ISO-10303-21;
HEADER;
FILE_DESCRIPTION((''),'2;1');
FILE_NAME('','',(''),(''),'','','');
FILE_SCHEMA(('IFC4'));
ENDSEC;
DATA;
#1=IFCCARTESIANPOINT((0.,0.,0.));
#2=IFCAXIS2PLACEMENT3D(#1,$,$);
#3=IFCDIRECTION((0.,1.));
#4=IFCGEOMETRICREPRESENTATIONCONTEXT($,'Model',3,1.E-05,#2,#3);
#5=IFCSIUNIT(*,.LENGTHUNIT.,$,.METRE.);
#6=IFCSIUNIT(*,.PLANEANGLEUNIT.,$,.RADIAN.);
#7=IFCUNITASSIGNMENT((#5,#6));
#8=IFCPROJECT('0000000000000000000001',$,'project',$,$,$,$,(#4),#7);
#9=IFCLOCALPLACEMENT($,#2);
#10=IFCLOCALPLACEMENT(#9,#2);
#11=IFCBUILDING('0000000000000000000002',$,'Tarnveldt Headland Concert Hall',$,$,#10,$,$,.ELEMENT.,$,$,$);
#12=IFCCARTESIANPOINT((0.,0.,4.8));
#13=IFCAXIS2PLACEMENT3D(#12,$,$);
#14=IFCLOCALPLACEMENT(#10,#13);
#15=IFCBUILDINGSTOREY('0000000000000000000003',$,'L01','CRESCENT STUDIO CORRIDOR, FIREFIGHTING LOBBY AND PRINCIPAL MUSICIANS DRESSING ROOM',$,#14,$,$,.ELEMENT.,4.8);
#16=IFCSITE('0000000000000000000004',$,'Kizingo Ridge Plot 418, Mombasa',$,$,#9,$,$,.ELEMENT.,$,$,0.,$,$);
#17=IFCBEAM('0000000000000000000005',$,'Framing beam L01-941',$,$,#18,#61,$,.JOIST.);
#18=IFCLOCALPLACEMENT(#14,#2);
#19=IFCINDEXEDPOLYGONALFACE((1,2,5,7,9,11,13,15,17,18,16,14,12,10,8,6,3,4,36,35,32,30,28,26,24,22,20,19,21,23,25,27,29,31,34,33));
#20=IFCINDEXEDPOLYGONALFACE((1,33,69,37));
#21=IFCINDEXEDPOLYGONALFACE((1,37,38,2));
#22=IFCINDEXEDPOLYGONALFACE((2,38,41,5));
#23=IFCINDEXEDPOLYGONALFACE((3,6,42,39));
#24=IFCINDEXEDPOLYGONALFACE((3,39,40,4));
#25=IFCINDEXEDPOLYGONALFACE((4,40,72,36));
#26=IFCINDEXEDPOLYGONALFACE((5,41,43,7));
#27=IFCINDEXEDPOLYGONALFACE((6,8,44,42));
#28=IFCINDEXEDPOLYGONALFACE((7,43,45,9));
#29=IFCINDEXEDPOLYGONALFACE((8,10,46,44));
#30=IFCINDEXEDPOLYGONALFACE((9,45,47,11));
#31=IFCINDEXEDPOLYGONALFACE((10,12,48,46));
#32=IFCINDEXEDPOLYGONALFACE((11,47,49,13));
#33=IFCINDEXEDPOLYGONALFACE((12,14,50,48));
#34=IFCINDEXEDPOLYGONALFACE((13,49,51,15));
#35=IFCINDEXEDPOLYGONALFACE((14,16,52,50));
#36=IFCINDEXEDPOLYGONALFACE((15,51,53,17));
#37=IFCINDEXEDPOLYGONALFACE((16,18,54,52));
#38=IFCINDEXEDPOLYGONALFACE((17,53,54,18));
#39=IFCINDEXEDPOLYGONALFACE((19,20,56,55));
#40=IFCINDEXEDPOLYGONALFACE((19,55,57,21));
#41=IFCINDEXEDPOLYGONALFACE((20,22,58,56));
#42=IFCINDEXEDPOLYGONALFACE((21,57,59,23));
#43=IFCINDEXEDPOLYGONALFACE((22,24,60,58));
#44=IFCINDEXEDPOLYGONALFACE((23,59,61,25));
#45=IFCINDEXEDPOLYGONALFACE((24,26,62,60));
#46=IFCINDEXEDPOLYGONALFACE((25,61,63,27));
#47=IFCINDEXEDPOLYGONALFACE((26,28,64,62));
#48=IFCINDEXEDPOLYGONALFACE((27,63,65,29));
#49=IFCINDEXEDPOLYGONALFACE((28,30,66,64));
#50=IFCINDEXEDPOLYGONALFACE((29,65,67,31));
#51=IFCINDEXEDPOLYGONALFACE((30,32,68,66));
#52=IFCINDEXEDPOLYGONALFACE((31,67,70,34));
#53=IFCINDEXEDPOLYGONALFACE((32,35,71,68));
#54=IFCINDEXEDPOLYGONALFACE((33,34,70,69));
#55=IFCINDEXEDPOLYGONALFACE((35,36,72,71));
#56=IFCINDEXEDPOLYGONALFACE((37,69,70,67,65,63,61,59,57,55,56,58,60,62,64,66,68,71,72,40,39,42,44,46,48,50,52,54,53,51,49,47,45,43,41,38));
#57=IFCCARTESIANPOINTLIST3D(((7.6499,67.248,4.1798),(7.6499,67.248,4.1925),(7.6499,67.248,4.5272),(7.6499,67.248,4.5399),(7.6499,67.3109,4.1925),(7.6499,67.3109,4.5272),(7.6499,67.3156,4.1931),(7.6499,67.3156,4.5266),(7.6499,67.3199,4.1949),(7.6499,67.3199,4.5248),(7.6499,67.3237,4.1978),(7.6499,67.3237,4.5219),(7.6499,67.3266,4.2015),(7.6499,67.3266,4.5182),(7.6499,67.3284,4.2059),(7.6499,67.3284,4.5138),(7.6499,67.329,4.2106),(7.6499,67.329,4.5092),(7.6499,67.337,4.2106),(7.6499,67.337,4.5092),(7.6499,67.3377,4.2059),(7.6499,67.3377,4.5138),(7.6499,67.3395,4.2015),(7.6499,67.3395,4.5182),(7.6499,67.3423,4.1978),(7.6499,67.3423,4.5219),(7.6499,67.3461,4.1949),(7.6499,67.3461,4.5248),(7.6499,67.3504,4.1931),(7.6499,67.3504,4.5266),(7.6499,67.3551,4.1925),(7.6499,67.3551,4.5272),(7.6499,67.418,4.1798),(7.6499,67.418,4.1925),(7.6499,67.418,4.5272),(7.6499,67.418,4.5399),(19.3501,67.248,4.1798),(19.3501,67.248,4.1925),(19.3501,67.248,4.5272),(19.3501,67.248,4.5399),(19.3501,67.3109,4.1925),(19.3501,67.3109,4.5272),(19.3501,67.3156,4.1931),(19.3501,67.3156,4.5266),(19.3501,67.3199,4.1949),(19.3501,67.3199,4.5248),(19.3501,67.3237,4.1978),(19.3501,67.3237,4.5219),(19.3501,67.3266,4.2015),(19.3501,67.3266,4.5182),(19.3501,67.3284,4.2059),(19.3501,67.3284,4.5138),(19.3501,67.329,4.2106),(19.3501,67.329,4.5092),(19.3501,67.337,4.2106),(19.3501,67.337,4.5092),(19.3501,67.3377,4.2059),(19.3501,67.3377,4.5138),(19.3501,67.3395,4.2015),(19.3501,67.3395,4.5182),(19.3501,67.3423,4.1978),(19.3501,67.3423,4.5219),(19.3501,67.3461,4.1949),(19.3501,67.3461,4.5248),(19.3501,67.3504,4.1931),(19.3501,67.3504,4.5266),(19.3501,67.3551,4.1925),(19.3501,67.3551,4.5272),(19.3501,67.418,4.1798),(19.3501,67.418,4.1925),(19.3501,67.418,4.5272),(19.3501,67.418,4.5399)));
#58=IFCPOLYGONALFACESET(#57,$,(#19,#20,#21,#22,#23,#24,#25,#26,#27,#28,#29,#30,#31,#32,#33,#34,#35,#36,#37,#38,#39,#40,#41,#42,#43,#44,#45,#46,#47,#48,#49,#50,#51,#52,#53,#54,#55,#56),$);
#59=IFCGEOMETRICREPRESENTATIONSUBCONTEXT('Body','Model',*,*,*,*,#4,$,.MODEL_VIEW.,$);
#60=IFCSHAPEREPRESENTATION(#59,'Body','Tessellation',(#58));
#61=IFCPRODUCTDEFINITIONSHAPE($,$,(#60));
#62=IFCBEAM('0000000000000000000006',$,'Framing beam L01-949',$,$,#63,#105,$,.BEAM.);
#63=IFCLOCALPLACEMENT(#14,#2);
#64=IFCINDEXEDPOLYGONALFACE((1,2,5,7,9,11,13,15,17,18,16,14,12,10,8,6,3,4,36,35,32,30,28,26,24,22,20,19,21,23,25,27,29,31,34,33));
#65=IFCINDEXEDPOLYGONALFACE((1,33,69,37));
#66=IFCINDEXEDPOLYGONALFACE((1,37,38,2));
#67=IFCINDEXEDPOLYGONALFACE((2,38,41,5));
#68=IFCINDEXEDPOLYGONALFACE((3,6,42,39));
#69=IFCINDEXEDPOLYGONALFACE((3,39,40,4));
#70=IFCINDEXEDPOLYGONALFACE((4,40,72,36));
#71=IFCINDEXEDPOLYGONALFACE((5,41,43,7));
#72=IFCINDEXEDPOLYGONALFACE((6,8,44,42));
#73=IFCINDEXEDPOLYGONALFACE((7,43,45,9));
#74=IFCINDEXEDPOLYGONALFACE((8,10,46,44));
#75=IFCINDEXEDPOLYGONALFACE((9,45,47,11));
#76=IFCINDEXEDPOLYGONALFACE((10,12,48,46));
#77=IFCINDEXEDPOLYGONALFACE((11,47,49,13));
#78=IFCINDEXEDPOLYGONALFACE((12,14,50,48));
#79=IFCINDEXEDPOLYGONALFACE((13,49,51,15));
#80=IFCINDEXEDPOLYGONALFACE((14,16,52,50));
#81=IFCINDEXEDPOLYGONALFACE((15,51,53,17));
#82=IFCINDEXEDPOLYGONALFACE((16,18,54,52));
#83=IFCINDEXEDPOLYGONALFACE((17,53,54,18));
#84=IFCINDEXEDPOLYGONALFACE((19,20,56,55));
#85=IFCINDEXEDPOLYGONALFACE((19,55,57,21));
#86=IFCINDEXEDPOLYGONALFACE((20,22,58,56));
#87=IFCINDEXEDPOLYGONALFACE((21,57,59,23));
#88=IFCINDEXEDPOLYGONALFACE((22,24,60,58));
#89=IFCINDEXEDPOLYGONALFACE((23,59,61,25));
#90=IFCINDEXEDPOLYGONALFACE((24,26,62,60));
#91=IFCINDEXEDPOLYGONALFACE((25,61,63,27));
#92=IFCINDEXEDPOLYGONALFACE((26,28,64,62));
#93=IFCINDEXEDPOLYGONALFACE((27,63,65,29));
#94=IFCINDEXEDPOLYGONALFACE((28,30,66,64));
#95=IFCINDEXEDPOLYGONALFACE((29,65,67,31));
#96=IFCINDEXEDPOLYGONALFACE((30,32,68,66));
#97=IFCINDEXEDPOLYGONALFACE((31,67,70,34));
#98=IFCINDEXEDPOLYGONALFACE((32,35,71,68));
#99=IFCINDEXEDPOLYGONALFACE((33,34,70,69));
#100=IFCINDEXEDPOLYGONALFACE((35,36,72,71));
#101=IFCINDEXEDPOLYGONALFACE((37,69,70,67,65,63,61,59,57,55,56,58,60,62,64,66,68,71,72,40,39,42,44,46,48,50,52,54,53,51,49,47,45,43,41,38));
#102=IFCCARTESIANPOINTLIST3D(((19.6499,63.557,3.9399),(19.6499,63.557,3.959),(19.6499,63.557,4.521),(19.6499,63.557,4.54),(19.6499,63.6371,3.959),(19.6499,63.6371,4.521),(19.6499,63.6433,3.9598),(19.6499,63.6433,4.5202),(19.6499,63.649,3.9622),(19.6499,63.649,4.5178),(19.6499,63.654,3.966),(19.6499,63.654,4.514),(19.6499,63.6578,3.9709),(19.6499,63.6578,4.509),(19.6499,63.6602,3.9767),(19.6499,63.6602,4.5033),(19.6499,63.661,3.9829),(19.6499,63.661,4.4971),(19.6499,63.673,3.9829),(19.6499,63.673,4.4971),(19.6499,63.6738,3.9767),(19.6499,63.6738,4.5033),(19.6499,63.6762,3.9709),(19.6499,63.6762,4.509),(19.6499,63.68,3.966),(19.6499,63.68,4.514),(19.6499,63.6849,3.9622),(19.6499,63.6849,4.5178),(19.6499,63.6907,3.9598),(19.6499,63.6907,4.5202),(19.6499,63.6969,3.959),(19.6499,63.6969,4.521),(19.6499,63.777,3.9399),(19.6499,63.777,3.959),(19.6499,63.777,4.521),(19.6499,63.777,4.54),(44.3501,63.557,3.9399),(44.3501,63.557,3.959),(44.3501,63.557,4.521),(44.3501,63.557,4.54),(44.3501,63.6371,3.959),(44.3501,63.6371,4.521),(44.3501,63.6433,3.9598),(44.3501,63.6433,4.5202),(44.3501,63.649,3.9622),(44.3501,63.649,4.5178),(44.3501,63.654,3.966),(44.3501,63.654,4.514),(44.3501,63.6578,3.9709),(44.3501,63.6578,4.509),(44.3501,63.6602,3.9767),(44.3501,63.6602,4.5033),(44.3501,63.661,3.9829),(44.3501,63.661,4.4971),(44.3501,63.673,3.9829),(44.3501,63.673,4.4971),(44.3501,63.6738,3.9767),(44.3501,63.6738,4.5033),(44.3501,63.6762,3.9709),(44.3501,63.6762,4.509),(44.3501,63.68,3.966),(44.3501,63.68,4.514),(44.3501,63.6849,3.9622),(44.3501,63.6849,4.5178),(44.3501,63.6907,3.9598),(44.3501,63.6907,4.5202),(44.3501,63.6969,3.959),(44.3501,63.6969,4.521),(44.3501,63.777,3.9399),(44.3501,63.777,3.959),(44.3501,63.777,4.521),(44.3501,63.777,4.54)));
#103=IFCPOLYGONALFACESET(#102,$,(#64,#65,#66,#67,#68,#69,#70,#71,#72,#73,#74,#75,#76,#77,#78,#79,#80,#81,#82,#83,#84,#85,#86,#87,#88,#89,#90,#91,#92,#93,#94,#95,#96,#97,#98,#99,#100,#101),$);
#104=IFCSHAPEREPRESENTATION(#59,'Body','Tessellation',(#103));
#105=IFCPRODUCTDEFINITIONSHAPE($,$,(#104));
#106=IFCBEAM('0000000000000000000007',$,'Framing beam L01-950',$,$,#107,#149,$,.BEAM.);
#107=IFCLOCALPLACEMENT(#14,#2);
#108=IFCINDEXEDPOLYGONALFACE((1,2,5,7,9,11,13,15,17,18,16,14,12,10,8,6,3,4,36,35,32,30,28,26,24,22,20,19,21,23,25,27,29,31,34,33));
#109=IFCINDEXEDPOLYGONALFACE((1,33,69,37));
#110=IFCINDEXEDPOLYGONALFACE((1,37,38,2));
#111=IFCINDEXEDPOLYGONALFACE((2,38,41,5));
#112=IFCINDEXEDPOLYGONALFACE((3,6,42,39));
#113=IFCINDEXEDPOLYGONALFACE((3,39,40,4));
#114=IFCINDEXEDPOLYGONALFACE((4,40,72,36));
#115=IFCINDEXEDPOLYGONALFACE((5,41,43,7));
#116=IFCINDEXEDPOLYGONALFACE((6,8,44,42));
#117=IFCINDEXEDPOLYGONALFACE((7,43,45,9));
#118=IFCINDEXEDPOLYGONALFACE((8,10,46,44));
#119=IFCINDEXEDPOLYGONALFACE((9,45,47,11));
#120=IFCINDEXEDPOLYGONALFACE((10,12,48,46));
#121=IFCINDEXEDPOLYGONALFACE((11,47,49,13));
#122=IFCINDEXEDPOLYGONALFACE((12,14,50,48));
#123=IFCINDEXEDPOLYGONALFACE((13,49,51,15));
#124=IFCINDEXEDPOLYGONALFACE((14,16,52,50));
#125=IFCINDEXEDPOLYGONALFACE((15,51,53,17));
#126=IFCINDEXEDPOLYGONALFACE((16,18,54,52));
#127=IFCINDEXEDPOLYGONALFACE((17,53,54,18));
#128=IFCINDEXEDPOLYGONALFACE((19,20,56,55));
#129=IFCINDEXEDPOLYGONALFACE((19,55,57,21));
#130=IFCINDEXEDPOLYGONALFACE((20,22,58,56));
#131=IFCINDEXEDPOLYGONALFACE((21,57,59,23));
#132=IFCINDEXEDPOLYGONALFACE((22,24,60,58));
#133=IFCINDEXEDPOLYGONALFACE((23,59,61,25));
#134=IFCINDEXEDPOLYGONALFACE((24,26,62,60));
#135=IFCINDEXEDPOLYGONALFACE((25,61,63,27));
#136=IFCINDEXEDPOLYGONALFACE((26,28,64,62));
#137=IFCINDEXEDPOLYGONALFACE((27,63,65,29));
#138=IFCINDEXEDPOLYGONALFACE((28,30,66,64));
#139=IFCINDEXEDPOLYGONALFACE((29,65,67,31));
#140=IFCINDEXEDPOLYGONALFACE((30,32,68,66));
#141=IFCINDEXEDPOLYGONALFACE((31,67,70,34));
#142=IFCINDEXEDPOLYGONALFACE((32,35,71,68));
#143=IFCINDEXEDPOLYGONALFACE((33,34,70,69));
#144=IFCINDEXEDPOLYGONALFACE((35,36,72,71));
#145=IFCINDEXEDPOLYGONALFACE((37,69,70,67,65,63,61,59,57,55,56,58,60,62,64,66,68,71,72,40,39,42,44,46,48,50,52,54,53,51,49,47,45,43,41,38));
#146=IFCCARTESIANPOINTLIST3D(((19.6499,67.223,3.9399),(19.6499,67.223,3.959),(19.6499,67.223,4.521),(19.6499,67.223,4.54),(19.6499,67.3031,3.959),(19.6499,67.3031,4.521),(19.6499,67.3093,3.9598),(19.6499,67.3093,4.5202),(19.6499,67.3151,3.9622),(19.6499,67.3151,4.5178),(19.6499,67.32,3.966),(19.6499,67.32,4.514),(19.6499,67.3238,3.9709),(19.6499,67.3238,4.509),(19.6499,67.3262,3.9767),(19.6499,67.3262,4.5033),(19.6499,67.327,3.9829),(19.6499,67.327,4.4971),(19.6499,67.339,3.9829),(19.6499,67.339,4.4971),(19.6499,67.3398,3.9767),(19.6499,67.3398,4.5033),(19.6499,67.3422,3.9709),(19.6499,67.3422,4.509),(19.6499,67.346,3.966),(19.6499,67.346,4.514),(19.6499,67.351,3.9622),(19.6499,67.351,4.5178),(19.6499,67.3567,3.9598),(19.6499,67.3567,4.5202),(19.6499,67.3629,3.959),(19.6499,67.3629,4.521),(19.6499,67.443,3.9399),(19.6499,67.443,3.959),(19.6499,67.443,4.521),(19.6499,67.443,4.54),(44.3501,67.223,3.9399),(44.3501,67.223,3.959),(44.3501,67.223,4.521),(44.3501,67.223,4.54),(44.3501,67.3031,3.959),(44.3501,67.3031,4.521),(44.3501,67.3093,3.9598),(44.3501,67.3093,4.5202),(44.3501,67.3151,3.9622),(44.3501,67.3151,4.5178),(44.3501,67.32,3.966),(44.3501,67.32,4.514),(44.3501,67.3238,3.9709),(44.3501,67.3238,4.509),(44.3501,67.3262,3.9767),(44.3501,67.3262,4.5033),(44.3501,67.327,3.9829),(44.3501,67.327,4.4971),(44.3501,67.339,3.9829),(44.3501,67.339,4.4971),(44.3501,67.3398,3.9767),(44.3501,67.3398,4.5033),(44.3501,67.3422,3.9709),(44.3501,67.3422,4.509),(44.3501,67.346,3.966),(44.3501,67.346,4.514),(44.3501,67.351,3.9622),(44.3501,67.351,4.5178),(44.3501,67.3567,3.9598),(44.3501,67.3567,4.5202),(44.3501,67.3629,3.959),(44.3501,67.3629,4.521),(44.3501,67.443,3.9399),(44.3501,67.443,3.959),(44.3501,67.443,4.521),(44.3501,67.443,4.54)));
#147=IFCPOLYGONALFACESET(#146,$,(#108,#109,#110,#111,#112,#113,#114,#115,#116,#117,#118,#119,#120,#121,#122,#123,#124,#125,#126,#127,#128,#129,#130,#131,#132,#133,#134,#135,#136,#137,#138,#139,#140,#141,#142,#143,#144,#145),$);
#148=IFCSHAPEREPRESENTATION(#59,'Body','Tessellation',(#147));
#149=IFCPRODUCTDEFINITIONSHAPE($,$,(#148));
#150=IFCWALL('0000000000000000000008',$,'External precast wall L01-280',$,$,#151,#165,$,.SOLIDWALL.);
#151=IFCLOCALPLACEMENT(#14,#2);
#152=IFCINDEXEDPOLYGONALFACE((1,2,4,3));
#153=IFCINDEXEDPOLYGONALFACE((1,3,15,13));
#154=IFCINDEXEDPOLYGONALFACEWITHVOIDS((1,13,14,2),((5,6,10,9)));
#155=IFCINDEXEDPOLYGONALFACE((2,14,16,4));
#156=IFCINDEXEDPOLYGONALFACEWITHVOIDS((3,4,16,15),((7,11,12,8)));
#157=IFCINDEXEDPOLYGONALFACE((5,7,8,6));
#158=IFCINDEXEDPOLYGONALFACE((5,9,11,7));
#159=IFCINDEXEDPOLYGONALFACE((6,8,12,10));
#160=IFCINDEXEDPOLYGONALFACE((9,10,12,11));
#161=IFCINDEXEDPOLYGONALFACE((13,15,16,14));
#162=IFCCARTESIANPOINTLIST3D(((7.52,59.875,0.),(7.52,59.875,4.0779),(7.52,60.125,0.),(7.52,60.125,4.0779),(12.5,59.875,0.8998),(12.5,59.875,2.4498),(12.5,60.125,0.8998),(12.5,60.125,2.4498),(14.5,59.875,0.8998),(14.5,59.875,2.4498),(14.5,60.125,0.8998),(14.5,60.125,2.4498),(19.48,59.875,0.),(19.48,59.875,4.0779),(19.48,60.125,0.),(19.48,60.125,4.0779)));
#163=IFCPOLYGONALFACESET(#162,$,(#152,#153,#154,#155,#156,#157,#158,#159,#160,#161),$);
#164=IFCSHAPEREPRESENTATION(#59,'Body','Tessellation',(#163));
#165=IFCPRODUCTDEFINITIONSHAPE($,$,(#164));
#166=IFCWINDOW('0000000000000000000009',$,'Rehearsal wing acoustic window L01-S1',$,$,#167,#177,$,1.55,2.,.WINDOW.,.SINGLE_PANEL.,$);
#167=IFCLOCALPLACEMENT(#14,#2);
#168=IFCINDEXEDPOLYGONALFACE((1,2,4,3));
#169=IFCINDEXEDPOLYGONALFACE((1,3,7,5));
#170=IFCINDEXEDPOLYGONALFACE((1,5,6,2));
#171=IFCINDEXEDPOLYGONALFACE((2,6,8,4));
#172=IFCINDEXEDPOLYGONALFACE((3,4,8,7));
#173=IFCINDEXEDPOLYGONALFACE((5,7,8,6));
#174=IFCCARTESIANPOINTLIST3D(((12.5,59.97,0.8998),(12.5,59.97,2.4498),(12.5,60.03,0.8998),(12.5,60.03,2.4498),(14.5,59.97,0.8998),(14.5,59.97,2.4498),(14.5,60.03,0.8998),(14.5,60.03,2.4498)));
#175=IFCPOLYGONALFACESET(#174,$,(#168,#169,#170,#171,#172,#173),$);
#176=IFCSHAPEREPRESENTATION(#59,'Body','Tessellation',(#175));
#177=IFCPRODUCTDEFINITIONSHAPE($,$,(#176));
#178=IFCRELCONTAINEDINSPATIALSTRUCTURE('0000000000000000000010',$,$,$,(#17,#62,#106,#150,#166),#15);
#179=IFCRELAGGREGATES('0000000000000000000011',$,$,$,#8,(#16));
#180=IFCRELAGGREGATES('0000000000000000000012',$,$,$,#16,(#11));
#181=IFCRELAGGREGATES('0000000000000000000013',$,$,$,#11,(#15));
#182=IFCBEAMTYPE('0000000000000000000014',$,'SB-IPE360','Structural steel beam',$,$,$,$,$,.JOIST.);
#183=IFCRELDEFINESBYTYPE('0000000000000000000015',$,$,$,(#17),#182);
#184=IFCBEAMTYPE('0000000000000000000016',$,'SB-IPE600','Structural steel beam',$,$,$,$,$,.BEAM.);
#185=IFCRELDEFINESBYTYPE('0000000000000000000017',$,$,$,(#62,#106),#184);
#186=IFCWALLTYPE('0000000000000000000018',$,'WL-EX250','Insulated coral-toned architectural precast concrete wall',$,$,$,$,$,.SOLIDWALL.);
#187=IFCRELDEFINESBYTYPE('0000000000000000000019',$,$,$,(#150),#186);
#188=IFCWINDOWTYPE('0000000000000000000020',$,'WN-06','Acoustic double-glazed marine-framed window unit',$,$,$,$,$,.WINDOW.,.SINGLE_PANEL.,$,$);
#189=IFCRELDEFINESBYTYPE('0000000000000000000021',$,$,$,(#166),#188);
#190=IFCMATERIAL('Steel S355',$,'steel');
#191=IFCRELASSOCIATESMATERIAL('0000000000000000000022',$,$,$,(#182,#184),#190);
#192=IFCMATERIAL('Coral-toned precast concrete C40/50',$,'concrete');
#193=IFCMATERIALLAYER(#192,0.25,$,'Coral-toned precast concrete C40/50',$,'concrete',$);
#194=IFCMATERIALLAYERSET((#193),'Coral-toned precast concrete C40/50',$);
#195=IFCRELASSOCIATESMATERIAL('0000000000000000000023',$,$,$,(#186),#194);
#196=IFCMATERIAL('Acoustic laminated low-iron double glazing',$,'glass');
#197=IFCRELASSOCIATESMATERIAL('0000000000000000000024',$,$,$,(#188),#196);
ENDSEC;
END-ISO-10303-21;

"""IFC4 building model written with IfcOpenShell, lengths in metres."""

from ifc_helpers import new_model, si_unit, direction, frame, frame_2d, origin, origin_2d, place, context, subcontext, project, spatial, rectangle, i_section, extrude, material, layer, layer_set, material_profile, profile_set, type_object, element, fill, save


model = new_model("IFC4")

# Units and contexts
model_context = context("Model", 3, precision=1e-05, world=origin(), true_north=direction((0.0, 1.0)))
body_context = subcontext(model_context, "Body", "Model", "MODEL_VIEW")
ifc_project = project(units=[si_unit("LENGTHUNIT", "METRE"), si_unit("PLANEANGLEUNIT", "RADIAN")], contexts=[model_context])

# Site, building, storey
site_placement = place(None, origin())
site = spatial("IfcSite", under=ifc_project, at=site_placement, Name="Kizingo Ridge Plot 418, Mombasa", CompositionType="ELEMENT", RefElevation=0.0)
building_placement = place(site_placement, origin())
building = spatial("IfcBuilding", under=site, at=building_placement, Name="Tarnveldt Headland Concert Hall", CompositionType="ELEMENT")
storey_placement = place(building_placement, frame((0.0, 0.0, 4.8)))
storey = spatial("IfcBuildingStorey", under=building, at=storey_placement, Name="L01", Description="CRESCENT STUDIO CORRIDOR, FIREFIGHTING LOBBY AND PRINCIPAL MUSICIANS DRESSING ROOM", CompositionType="ELEMENT", Elevation=4.8)

# Shared definitions
ifc_material_1 = material(Name="Steel S355", Category="steel")

# Beams
ifc_material_profile_1 = material_profile(ifc_material_1, i_section(OverallWidth=0.1699, OverallDepth=0.3601, WebThickness=0.0081, FlangeThickness=0.0127, FilletRadius=0.0181, at=origin_2d()), Name="IPE360", Category="steel")
ifc_profile_set_1 = profile_set([ifc_material_profile_1], Name="Steel S355")
beam_type_1 = type_object("IfcBeamType", Name="SB-IPE360", Description="Structural steel beam", PredefinedType="JOIST", material=ifc_profile_set_1)
for number, where, z_axis, x_axis, name in (
    (1, (7.6499, 67.333, 4.3599), (1.0, 0.0, 0.0), (0.0, 1.0, 0.0), "Framing beam L01-941"),
):
    element("IfcBeam", number, at=place(storey_placement, frame(where, z_axis=z_axis, x_axis=x_axis)), inside=storey, type_object=beam_type_1, Name=name, PredefinedType="JOIST", context=body_context, shape_type="SweptSolid", body=[
        extrude(i_section(OverallWidth=0.1699, OverallDepth=0.3601, WebThickness=0.0081, FlangeThickness=0.0127, FilletRadius=0.0181, at=origin_2d()), origin(), (0.0, 0.0, 1.0), 11.7002),
    ])
ifc_material_profile_2 = material_profile(ifc_material_1, i_section(OverallWidth=0.22, OverallDepth=0.6001, WebThickness=0.012, FlangeThickness=0.019, FilletRadius=0.0239, at=origin_2d()), Name="IPE600", Category="steel")
ifc_profile_set_2 = profile_set([ifc_material_profile_2], Name="Steel S355")
beam_type_2 = type_object("IfcBeamType", Name="SB-IPE600", Description="Structural steel beam", PredefinedType="BEAM", material=ifc_profile_set_2)
for number, where, z_axis, x_axis, name in (
    (2, (19.6499, 63.667, 4.24), (1.0, 0.0, 0.0), (0.0, 1.0, 0.0), "Framing beam L01-949"),
    (3, (19.6499, 67.333, 4.24), (1.0, 0.0, 0.0), (0.0, 1.0, 0.0), "Framing beam L01-950"),
):
    element("IfcBeam", number, at=place(storey_placement, frame(where, z_axis=z_axis, x_axis=x_axis)), inside=storey, type_object=beam_type_2, Name=name, PredefinedType="BEAM", context=body_context, shape_type="SweptSolid", body=[
        extrude(i_section(OverallWidth=0.22, OverallDepth=0.6001, WebThickness=0.012, FlangeThickness=0.019, FilletRadius=0.0239, at=origin_2d()), origin(), (0.0, 0.0, 1.0), 24.7002),
    ])

# Wall, opening, window
ifc_material_2 = material(Name="Coral-toned precast concrete C40/50", Category="concrete")
ifc_layer_1 = layer(ifc_material_2, 0.25, Name="Coral-toned precast concrete C40/50", Category="concrete")
ifc_layer_set_1 = layer_set([ifc_layer_1], Name="Coral-toned precast concrete C40/50")
wall_type_1 = type_object("IfcWallType", Name="WL-EX250", Description="Insulated coral-toned architectural precast concrete wall", PredefinedType="SOLIDWALL", material=ifc_layer_set_1)
wall_1_placement = place(storey_placement, frame((19.48, 60.0, 0.0), z_axis=(0.0, 0.0, 1.0), x_axis=(-1.0, 0.0, 0.0)))
wall_1 = element("IfcWall", 4, at=wall_1_placement, inside=storey, type_object=wall_type_1, Name="External precast wall L01-280", PredefinedType="SOLIDWALL", context=body_context, shape_type="SweptSolid", body=[
    extrude(rectangle(XDim=11.96, YDim=0.25, at=frame_2d((5.98, 0.0))), origin(), (0.0, 0.0, 1.0), 4.0779),
])
opening_1_placement = place(wall_1_placement, frame((4.98, 0.0, 0.8999)))
opening_1 = element("IfcOpeningElement", 5, at=opening_1_placement, cuts=wall_1, PredefinedType="OPENING", context=body_context, shape_type="SweptSolid", body=[
    extrude(rectangle(XDim=2.0, YDim=1.55, at=frame_2d((1.0, 0.7749))), frame((0.0, 0.135, 0.0), z_axis=(0.0, -1.0, 0.0), x_axis=(1.0, 0.0, 0.0)), (0.0, 0.0, 1.0), 0.27),
])
ifc_material_3 = material(Name="Acoustic laminated low-iron double glazing", Category="glass")
window_type_1 = type_object("IfcWindowType", Name="WN-06", Description="Acoustic double-glazed marine-framed window unit", PartitioningType="SINGLE_PANEL", PredefinedType="WINDOW", material=ifc_material_3)
window_1_placement = place(opening_1_placement, origin())
window_1 = element("IfcWindow", 6, at=window_1_placement, inside=storey, type_object=window_type_1, Name="Rehearsal wing acoustic window L01-S1", OverallHeight=1.55, OverallWidth=2.0, PartitioningType="SINGLE_PANEL", PredefinedType="WINDOW", context=body_context, shape_type="SweptSolid", body=[
    extrude(rectangle(XDim=2.0, YDim=1.55, at=frame_2d((1.0, 0.7749))), frame((0.0, 0.03, 0.0), z_axis=(0.0, -1.0, 0.0), x_axis=(1.0, 0.0, 0.0)), (0.0, 0.0, 1.0), 0.0601),
])
fill(opening_1, window_1)

save(model, "model.ifc")
